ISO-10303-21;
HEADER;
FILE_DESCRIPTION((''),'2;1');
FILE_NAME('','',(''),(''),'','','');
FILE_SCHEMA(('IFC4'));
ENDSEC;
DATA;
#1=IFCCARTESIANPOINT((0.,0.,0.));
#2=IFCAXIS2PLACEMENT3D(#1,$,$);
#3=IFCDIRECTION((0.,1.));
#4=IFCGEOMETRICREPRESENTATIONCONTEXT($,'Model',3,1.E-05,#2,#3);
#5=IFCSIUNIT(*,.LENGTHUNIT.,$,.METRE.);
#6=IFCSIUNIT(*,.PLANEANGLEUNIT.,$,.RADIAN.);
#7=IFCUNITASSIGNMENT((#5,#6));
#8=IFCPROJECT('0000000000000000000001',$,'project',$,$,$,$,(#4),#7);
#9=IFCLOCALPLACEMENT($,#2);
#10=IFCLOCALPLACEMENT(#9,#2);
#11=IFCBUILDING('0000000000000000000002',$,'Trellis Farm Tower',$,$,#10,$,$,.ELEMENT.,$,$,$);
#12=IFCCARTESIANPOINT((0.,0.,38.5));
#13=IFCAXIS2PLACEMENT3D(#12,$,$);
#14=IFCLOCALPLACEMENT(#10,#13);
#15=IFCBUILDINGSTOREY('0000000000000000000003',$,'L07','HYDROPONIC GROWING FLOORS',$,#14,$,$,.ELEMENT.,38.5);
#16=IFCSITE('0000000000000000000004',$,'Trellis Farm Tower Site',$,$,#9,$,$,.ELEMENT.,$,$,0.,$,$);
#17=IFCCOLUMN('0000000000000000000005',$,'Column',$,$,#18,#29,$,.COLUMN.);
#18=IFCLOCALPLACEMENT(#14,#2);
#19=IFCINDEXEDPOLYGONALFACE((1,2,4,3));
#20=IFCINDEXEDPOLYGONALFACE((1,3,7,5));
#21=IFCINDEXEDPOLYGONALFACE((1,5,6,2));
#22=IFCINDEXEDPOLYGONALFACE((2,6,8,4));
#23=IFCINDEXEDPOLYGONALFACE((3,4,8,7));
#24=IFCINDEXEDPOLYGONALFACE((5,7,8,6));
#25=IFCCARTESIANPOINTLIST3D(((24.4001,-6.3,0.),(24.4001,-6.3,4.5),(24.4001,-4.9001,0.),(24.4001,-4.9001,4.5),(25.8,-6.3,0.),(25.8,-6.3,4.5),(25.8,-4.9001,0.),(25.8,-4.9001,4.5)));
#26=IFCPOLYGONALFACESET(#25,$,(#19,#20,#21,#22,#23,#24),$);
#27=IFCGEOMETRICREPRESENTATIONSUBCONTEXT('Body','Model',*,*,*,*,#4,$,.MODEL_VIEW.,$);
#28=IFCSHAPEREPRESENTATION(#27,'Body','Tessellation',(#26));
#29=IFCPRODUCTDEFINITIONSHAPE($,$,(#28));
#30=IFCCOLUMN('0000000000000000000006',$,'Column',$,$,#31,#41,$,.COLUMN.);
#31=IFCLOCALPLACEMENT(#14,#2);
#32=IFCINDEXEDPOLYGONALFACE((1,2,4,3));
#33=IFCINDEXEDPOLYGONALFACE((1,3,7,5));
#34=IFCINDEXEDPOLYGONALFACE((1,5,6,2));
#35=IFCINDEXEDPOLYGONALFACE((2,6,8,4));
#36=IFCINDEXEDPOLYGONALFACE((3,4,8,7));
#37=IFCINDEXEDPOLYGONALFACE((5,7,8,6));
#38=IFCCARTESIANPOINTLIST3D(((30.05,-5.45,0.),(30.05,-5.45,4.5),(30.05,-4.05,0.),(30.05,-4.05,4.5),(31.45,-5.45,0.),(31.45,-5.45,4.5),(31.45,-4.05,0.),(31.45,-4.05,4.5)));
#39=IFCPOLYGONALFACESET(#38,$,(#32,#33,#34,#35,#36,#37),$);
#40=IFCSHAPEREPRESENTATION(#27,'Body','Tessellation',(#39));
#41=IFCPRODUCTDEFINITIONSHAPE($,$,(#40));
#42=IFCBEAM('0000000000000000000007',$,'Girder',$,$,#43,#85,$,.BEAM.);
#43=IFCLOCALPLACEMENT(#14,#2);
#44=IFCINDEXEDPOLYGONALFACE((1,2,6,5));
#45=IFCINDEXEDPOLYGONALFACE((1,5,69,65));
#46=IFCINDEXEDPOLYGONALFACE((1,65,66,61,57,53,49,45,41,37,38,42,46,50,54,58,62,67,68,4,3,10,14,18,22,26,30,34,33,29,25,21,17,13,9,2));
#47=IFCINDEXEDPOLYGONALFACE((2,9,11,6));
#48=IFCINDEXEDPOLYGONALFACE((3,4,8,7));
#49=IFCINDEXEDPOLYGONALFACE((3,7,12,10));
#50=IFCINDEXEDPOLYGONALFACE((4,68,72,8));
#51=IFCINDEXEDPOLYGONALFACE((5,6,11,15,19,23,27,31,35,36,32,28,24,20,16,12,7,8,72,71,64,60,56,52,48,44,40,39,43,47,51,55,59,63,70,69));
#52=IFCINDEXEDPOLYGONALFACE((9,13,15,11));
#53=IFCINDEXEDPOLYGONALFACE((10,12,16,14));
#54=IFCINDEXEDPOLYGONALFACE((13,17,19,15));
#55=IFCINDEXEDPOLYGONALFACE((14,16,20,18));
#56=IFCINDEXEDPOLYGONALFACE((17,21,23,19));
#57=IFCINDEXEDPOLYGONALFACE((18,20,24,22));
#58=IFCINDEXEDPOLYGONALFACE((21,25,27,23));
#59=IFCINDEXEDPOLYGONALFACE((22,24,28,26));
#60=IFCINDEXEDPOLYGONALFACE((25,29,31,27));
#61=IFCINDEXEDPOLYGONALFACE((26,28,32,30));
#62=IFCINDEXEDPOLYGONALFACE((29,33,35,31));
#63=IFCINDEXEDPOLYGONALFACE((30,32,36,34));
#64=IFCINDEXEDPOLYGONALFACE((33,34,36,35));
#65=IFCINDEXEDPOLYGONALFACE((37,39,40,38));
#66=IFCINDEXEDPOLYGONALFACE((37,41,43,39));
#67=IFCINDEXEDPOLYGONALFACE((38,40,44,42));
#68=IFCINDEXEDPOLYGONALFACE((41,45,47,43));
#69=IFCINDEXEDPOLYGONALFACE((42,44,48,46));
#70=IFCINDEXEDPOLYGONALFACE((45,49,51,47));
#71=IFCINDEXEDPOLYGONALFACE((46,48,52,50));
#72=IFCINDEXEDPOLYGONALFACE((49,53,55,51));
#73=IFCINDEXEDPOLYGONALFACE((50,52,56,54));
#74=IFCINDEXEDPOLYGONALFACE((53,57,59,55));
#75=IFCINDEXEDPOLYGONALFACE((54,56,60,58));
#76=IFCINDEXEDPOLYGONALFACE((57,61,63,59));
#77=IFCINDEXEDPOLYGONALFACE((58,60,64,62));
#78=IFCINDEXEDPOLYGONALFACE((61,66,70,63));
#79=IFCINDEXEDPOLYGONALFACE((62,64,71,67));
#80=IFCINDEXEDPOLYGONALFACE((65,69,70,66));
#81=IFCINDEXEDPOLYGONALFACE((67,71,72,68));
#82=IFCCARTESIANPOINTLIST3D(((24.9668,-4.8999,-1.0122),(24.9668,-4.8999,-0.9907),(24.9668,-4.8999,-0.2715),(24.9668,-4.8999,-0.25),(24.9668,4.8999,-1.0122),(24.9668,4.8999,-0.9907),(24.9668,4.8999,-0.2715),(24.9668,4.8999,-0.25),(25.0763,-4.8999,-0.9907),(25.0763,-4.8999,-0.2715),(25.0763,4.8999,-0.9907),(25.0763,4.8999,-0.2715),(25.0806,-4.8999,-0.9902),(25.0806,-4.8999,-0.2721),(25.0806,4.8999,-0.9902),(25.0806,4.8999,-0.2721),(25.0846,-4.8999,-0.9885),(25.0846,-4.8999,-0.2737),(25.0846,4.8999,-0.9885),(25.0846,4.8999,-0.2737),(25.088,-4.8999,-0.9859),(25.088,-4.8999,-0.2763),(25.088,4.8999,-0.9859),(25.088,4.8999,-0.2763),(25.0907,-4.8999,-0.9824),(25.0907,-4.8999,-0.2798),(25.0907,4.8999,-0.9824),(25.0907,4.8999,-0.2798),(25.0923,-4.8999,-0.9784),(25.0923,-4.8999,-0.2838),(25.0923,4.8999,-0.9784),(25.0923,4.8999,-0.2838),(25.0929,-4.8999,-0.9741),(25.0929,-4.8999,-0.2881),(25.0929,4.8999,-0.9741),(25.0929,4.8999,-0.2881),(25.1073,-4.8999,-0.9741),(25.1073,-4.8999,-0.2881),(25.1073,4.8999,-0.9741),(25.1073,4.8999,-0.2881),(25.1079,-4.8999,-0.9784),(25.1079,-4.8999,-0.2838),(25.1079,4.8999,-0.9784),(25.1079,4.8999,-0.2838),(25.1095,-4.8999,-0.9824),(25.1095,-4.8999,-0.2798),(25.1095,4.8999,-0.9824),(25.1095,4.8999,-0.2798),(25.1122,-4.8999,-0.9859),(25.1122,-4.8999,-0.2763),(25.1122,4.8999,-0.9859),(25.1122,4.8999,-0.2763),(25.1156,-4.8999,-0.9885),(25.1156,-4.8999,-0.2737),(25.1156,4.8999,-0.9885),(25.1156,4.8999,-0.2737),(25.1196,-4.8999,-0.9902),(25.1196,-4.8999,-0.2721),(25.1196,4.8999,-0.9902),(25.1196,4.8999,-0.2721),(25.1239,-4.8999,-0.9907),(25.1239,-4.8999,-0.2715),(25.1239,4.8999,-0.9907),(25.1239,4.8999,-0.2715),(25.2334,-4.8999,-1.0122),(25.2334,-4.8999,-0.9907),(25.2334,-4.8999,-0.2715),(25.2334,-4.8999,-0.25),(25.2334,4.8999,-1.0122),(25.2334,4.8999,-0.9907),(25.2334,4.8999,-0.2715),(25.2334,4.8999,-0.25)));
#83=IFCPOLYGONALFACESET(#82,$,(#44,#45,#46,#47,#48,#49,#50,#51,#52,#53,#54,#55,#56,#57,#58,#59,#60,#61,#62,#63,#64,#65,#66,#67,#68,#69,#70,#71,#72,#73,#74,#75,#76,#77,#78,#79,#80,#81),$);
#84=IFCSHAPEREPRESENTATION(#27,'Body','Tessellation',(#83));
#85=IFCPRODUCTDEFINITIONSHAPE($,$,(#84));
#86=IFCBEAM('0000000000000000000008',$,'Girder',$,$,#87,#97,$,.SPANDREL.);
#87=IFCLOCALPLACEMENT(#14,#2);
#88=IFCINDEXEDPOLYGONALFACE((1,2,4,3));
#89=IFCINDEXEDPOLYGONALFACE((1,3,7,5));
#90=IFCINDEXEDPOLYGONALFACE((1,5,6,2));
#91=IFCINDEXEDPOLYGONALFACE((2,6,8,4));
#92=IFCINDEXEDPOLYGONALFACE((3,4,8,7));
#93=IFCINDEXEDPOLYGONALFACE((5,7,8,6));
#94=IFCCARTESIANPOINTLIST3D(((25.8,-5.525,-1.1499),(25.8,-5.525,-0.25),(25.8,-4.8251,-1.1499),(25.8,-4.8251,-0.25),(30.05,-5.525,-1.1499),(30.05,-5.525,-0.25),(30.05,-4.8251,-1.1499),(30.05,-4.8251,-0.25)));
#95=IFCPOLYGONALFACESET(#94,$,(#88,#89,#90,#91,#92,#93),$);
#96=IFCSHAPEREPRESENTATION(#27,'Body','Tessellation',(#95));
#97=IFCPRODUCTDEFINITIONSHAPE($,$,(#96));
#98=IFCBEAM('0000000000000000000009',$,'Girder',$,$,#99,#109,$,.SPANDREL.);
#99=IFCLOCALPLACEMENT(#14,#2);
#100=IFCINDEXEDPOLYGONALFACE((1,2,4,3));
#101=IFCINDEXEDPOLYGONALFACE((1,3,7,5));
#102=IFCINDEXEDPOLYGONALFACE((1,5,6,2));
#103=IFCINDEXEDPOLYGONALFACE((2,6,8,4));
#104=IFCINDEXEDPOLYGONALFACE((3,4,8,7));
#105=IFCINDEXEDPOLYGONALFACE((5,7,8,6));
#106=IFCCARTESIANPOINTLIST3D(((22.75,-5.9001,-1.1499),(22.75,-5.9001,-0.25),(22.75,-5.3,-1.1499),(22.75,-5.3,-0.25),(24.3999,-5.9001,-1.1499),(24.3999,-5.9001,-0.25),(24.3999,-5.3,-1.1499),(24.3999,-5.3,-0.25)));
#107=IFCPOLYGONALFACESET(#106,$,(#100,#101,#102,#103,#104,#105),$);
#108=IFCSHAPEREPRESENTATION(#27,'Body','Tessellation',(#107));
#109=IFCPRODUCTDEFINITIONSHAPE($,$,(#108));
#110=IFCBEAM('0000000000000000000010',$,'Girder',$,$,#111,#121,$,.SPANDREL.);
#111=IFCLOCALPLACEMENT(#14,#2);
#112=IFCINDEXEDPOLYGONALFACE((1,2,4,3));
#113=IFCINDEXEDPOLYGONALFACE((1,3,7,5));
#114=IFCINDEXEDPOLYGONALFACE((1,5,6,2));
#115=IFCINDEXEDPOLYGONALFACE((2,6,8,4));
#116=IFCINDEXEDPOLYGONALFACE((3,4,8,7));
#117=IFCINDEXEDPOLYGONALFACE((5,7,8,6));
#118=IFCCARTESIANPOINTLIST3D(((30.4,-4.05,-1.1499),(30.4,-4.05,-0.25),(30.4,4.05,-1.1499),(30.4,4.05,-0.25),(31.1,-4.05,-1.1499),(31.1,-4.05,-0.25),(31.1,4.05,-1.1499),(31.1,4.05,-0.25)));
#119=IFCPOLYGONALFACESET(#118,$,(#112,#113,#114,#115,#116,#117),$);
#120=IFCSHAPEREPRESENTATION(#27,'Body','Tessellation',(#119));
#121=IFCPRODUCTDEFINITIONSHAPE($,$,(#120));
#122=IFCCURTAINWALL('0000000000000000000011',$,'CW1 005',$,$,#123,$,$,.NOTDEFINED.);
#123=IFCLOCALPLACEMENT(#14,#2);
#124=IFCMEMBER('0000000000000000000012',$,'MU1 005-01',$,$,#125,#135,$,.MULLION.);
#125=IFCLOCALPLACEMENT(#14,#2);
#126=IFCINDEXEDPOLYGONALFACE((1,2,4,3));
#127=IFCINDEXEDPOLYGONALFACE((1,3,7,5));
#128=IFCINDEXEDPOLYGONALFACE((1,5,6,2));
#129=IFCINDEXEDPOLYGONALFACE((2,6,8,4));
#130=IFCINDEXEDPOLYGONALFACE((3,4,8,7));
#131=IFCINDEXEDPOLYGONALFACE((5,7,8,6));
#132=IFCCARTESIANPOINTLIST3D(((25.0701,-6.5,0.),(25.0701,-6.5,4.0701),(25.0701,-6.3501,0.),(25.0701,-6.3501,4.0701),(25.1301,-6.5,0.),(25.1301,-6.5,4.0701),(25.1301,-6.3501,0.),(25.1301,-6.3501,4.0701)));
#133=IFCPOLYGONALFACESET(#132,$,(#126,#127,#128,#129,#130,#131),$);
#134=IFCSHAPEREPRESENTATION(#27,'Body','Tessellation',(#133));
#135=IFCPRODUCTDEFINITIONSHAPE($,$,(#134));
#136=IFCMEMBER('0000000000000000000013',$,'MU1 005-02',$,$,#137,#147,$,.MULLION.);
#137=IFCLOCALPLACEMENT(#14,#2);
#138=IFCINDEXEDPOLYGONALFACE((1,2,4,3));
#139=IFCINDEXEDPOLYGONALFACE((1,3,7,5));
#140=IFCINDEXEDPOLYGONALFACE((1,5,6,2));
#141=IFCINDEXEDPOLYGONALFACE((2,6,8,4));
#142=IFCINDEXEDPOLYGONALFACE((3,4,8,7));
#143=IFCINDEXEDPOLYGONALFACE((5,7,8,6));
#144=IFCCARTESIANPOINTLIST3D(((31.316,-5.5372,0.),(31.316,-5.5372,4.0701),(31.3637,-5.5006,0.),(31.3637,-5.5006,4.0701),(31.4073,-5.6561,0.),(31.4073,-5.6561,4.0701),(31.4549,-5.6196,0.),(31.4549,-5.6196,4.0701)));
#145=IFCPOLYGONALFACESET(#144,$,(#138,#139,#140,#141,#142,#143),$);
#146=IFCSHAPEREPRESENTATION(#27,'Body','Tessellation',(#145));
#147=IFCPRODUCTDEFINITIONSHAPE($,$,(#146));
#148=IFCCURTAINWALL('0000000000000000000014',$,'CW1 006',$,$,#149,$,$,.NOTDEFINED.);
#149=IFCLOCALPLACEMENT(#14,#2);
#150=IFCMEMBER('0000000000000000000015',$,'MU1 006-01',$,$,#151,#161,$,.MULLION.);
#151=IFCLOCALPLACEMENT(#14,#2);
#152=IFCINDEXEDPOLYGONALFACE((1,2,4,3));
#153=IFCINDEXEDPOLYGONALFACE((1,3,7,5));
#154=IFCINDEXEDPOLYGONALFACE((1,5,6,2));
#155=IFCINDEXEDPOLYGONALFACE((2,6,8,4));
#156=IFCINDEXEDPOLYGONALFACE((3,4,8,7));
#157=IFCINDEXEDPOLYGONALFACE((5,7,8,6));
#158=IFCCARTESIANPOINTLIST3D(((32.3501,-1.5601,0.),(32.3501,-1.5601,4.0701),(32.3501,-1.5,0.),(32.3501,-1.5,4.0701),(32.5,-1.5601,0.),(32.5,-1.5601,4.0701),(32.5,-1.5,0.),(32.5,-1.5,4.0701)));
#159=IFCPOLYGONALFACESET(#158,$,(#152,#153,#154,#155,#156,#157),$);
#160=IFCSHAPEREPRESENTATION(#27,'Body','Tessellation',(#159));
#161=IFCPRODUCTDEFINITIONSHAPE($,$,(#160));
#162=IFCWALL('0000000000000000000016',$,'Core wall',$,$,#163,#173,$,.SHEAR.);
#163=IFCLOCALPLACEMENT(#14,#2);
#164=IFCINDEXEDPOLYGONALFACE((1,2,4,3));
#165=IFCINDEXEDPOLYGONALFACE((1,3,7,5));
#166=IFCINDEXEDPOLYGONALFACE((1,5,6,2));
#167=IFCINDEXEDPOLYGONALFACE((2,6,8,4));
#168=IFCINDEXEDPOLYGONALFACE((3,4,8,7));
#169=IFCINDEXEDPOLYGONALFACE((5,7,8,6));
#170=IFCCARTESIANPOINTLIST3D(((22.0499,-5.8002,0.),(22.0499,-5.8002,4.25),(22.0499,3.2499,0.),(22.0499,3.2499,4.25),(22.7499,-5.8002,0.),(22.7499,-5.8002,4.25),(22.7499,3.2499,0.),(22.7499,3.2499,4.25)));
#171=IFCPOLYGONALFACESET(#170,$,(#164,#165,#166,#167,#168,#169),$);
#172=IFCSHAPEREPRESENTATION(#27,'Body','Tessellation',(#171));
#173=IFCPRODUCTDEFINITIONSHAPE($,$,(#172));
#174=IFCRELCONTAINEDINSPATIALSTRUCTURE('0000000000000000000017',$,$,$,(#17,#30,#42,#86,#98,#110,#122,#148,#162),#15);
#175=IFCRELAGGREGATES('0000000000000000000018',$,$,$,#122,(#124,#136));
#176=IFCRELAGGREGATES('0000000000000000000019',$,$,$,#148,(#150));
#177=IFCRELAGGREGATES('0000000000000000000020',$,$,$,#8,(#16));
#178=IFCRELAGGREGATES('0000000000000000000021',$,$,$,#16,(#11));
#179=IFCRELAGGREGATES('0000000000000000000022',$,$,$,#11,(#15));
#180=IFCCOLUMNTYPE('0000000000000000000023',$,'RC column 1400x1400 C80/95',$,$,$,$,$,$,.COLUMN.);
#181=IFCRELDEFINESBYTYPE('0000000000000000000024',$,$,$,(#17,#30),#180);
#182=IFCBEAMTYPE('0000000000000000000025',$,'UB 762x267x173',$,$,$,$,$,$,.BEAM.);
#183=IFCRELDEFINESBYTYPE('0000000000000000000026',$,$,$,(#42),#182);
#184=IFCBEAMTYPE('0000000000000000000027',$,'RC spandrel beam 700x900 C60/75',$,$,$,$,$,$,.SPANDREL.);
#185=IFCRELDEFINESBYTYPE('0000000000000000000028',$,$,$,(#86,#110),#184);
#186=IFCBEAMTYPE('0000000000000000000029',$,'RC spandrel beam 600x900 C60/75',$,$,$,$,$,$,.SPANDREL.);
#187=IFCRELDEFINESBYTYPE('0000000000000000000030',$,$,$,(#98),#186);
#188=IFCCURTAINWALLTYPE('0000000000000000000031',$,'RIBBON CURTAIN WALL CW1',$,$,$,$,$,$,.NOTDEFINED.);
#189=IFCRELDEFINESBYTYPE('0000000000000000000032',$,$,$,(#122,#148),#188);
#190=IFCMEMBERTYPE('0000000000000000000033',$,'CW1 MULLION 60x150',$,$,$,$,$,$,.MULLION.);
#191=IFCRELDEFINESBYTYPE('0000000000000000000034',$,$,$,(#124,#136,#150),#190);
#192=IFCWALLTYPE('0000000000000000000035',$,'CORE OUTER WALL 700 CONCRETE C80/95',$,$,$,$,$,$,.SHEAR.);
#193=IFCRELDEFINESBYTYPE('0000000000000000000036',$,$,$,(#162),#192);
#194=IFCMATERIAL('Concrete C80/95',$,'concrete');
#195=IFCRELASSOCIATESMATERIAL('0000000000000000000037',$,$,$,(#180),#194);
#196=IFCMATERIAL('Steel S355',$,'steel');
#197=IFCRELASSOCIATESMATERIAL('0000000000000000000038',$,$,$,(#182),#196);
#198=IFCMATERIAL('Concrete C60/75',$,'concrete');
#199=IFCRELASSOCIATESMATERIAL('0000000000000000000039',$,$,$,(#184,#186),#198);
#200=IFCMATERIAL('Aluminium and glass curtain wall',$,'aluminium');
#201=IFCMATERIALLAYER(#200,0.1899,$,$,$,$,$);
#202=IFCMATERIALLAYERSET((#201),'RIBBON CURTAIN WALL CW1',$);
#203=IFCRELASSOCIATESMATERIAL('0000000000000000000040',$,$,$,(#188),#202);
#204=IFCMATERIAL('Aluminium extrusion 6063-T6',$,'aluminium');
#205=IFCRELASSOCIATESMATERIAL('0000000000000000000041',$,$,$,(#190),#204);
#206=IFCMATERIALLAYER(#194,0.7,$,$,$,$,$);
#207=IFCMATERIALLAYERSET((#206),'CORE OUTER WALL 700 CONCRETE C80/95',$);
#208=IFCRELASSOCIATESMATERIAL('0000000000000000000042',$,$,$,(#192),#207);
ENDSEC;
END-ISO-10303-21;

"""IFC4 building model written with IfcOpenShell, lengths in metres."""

from ifc_helpers import new_model, si_unit, direction, frame, frame_2d, origin, origin_2d, place, context, subcontext, project, spatial, rectangle, i_section, extrude, source, transform, mapped, material, layer, layer_set, material_profile, profile_set, type_object, element, aggregate, save


model = new_model("IFC4")

# Units and contexts
model_context = context("Model", 3, precision=1e-05, world=origin(), true_north=direction((0.0, 1.0)))
body_context = subcontext(model_context, "Body", "Model", "MODEL_VIEW")
ifc_project = project(units=[si_unit("LENGTHUNIT", "METRE"), si_unit("PLANEANGLEUNIT", "RADIAN")], contexts=[model_context])

# Site, building, storey
site_placement = place(None, origin())
site = spatial("IfcSite", under=ifc_project, at=site_placement, Name="Trellis Farm Tower Site", CompositionType="ELEMENT", RefElevation=0.0)
building_placement = place(site_placement, origin())
building = spatial("IfcBuilding", under=site, at=building_placement, Name="Trellis Farm Tower", CompositionType="ELEMENT")
storey_placement = place(building_placement, frame((0.0, 0.0, 38.5)))
storey = spatial("IfcBuildingStorey", under=building, at=storey_placement, Name="L07", Description="HYDROPONIC GROWING FLOORS", CompositionType="ELEMENT", Elevation=38.5)

# Columns
ifc_material_1 = material(Name="Concrete C80/95", Category="concrete")
ifc_material_profile_1 = material_profile(ifc_material_1, rectangle(XDim=1.3999, YDim=1.3999, at=origin_2d()), Name="RC column 1400x1400 C80/95")
ifc_profile_set_1 = profile_set([ifc_material_profile_1], Name="Concrete C80/95")
column_type = type_object("IfcColumnType", Name="RC column 1400x1400 C80/95", PredefinedType="COLUMN", material=ifc_profile_set_1)
shared_shape_1 = source(origin(), body_context, "Body", "SweptSolid", [
    extrude(rectangle(XDim=1.3999, YDim=1.3999, at=origin_2d()), origin(), (0.0, 0.0, 1.0), 4.5),
])
for number, where, z_axis, x_axis, name in (
    (1, (25.1001, -5.6001, 0.0), (0.0, 0.0, 1.0), (1.0, 0.0, 0.0), "Column"),
    (2, (30.75, -4.75, 0.0), (0.0, 0.0, 1.0), (1.0, 0.0, 0.0), "Column"),
):
    element("IfcColumn", number, at=place(storey_placement, frame(where, z_axis=z_axis, x_axis=x_axis)), inside=storey, type_object=column_type, Name=name, PredefinedType="COLUMN", context=body_context, shape_type="MappedRepresentation", body=[
        mapped(shared_shape_1, transform((0.0, 0.0, 0.0))),
    ])

# Beams
ifc_material_2 = material(Name="Steel S355", Category="steel")
ifc_material_profile_2 = material_profile(ifc_material_2, i_section(OverallWidth=0.2666, OverallDepth=0.7622, WebThickness=0.0144, FlangeThickness=0.0215, FilletRadius=0.0166, at=origin_2d()), Name="UB 762x267x173")
ifc_profile_set_2 = profile_set([ifc_material_profile_2], Name="Steel S355")
beam_type_1 = type_object("IfcBeamType", Name="UB 762x267x173", PredefinedType="BEAM", material=ifc_profile_set_2)
shared_shape_2 = source(origin(), body_context, "Body", "SweptSolid", [
    extrude(i_section(OverallWidth=0.2666, OverallDepth=0.7622, WebThickness=0.0144, FlangeThickness=0.0215, FilletRadius=0.0166, at=origin_2d()), origin(), (0.0, 0.0, 1.0), 9.7998),
])
beam_1_placement = place(storey_placement, frame((25.1001, -4.8999, -0.6311), z_axis=(0.0, 1.0, 0.0), x_axis=(-1.0, 0.0, 0.0)))
element("IfcBeam", 3, at=beam_1_placement, inside=storey, type_object=beam_type_1, Name="Girder", PredefinedType="BEAM", context=body_context, shape_type="MappedRepresentation", body=[
    mapped(shared_shape_2, transform((0.0, 0.0, 0.0))),
])
ifc_material_3 = material(Name="Concrete C60/75", Category="concrete")
ifc_material_profile_3 = material_profile(ifc_material_3, rectangle(XDim=0.7, YDim=0.8999, at=origin_2d()), Name="RC spandrel beam 700x900 C60/75")
ifc_profile_set_3 = profile_set([ifc_material_profile_3], Name="Concrete C60/75")
beam_type_2 = type_object("IfcBeamType", Name="RC spandrel beam 700x900 C60/75", PredefinedType="SPANDREL", material=ifc_profile_set_3)
shared_shape_3 = source(origin(), body_context, "Body", "SweptSolid", [
    extrude(rectangle(XDim=0.7, YDim=0.8999, at=origin_2d()), origin(), (0.0, 0.0, 1.0), 4.25),
])
beam_2_placement = place(storey_placement, frame((25.8, -5.175, -0.7), z_axis=(1.0, 0.0, 0.0), x_axis=(0.0, 1.0, 0.0)))
element("IfcBeam", 4, at=beam_2_placement, inside=storey, type_object=beam_type_2, Name="Girder", PredefinedType="SPANDREL", context=body_context, shape_type="MappedRepresentation", body=[
    mapped(shared_shape_3, transform((0.0, 0.0, 0.0))),
])
ifc_material_profile_4 = material_profile(ifc_material_3, rectangle(XDim=0.6001, YDim=0.8999, at=origin_2d()), Name="RC spandrel beam 600x900 C60/75")
ifc_profile_set_4 = profile_set([ifc_material_profile_4], Name="Concrete C60/75")
beam_type_3 = type_object("IfcBeamType", Name="RC spandrel beam 600x900 C60/75", PredefinedType="SPANDREL", material=ifc_profile_set_4)
shared_shape_4 = source(origin(), body_context, "Body", "SweptSolid", [
    extrude(rectangle(XDim=0.6001, YDim=0.8999, at=origin_2d()), origin(), (0.0, 0.0, 1.0), 1.6499),
])
beam_3_placement = place(storey_placement, frame((22.75, -5.6001, -0.7), z_axis=(1.0, 0.0, 0.0), x_axis=(0.0, 1.0, 0.0)))
element("IfcBeam", 5, at=beam_3_placement, inside=storey, type_object=beam_type_3, Name="Girder", PredefinedType="SPANDREL", context=body_context, shape_type="MappedRepresentation", body=[
    mapped(shared_shape_4, transform((0.0, 0.0, 0.0))),
])
shared_shape_5 = source(origin(), body_context, "Body", "SweptSolid", [
    extrude(rectangle(XDim=0.7, YDim=0.8999, at=origin_2d()), origin(), (0.0, 0.0, 1.0), 8.1001),
])
beam_4_placement = place(storey_placement, frame((30.75, -4.05, -0.7), z_axis=(0.0, 1.0, 0.0), x_axis=(-1.0, 0.0, 0.0)))
element("IfcBeam", 6, at=beam_4_placement, inside=storey, type_object=beam_type_2, Name="Girder", PredefinedType="SPANDREL", context=body_context, shape_type="MappedRepresentation", body=[
    mapped(shared_shape_5, transform((0.0, 0.0, 0.0))),
])

# Curtain wall, members
ifc_material_4 = material(Name="Aluminium and glass curtain wall", Category="aluminium")
ifc_layer_1 = layer(ifc_material_4, 0.1899)
ifc_layer_set_1 = layer_set([ifc_layer_1], Name="RIBBON CURTAIN WALL CW1")
curtain_wall_type = type_object("IfcCurtainWallType", Name="RIBBON CURTAIN WALL CW1", PredefinedType="NOTDEFINED", material=ifc_layer_set_1)
placement = place(storey_placement, origin())
curtain_wall_1 = element("IfcCurtainWall", 7, at=placement, inside=storey, type_object=curtain_wall_type, Name="CW1 005", PredefinedType="NOTDEFINED")
ifc_material_5 = material(Name="Aluminium extrusion 6063-T6", Category="aluminium")
ifc_material_profile_5 = material_profile(ifc_material_5, rectangle(XDim=0.0601, YDim=0.1499, at=origin_2d()), Name="MULLION 60x150")
ifc_profile_set_5 = profile_set([ifc_material_profile_5], Name="Aluminium extrusion 6063-T6")
member_type = type_object("IfcMemberType", Name="CW1 MULLION 60x150", PredefinedType="MULLION", material=ifc_profile_set_5)
shared_shape_6 = source(origin(), body_context, "Body", "SweptSolid", [
    extrude(rectangle(XDim=0.0601, YDim=0.1499, at=origin_2d()), origin(), (0.0, 0.0, 1.0), 4.0701),
])
member_1_placement = place(storey_placement, frame((25.1001, -6.425, 0.0), z_axis=(0.0, 0.0, 1.0), x_axis=(1.0, 0.0, 0.0)))
member_1 = element("IfcMember", 8, at=member_1_placement, type_object=member_type, Name="MU1 005-01", PredefinedType="MULLION", context=body_context, shape_type="MappedRepresentation", body=[
    mapped(shared_shape_6, transform((0.0, 0.0, 0.0))),
])
member_2_placement = place(storey_placement, frame((31.3855, -5.5784, 0.0), z_axis=(0.0, 0.0, 1.0), x_axis=(0.793353, 0.608761, 0.0)))
member_2 = element("IfcMember", 9, at=member_2_placement, type_object=member_type, Name="MU1 005-02", PredefinedType="MULLION", context=body_context, shape_type="MappedRepresentation", body=[
    mapped(shared_shape_6, transform((0.0, 0.0, 0.0))),
])
aggregate(curtain_wall_1, [member_1, member_2])

# Curtain wall, member
curtain_wall_2 = element("IfcCurtainWall", 10, at=placement, inside=storey, type_object=curtain_wall_type, Name="CW1 006", PredefinedType="NOTDEFINED")
member_3_placement = place(storey_placement, frame((32.425, -1.53, 0.0), z_axis=(0.0, 0.0, 1.0), x_axis=(0.0, 1.0, 0.0)))
member_3 = element("IfcMember", 11, at=member_3_placement, type_object=member_type, Name="MU1 006-01", PredefinedType="MULLION", context=body_context, shape_type="MappedRepresentation", body=[
    mapped(shared_shape_6, transform((0.0, 0.0, 0.0))),
])
aggregate(curtain_wall_2, [member_3])

# Wall
ifc_layer_2 = layer(ifc_material_1, 0.7)
ifc_layer_set_2 = layer_set([ifc_layer_2], Name="CORE OUTER WALL 700 CONCRETE C80/95")
wall_type_1 = type_object("IfcWallType", Name="CORE OUTER WALL 700 CONCRETE C80/95", PredefinedType="SHEAR", material=ifc_layer_set_2)
shared_shape_7 = source(origin(), body_context, "Body", "SweptSolid", [
    extrude(rectangle(XDim=9.05, YDim=0.7, at=frame_2d((4.5249, 0.0))), origin(), (0.0, 0.0, 1.0), 4.25),
])
wall_1_placement = place(storey_placement, frame((22.3999, -5.8, 0.0), z_axis=(0.0, 0.0, 1.0), x_axis=(0.0, 1.0, 0.0)))
element("IfcWall", 12, at=wall_1_placement, inside=storey, type_object=wall_type_1, Name="Core wall", PredefinedType="SHEAR", context=body_context, shape_type="MappedRepresentation", body=[
    mapped(shared_shape_7, transform((0.0, 0.0, 0.0))),
])

save(model, "model.ifc")
